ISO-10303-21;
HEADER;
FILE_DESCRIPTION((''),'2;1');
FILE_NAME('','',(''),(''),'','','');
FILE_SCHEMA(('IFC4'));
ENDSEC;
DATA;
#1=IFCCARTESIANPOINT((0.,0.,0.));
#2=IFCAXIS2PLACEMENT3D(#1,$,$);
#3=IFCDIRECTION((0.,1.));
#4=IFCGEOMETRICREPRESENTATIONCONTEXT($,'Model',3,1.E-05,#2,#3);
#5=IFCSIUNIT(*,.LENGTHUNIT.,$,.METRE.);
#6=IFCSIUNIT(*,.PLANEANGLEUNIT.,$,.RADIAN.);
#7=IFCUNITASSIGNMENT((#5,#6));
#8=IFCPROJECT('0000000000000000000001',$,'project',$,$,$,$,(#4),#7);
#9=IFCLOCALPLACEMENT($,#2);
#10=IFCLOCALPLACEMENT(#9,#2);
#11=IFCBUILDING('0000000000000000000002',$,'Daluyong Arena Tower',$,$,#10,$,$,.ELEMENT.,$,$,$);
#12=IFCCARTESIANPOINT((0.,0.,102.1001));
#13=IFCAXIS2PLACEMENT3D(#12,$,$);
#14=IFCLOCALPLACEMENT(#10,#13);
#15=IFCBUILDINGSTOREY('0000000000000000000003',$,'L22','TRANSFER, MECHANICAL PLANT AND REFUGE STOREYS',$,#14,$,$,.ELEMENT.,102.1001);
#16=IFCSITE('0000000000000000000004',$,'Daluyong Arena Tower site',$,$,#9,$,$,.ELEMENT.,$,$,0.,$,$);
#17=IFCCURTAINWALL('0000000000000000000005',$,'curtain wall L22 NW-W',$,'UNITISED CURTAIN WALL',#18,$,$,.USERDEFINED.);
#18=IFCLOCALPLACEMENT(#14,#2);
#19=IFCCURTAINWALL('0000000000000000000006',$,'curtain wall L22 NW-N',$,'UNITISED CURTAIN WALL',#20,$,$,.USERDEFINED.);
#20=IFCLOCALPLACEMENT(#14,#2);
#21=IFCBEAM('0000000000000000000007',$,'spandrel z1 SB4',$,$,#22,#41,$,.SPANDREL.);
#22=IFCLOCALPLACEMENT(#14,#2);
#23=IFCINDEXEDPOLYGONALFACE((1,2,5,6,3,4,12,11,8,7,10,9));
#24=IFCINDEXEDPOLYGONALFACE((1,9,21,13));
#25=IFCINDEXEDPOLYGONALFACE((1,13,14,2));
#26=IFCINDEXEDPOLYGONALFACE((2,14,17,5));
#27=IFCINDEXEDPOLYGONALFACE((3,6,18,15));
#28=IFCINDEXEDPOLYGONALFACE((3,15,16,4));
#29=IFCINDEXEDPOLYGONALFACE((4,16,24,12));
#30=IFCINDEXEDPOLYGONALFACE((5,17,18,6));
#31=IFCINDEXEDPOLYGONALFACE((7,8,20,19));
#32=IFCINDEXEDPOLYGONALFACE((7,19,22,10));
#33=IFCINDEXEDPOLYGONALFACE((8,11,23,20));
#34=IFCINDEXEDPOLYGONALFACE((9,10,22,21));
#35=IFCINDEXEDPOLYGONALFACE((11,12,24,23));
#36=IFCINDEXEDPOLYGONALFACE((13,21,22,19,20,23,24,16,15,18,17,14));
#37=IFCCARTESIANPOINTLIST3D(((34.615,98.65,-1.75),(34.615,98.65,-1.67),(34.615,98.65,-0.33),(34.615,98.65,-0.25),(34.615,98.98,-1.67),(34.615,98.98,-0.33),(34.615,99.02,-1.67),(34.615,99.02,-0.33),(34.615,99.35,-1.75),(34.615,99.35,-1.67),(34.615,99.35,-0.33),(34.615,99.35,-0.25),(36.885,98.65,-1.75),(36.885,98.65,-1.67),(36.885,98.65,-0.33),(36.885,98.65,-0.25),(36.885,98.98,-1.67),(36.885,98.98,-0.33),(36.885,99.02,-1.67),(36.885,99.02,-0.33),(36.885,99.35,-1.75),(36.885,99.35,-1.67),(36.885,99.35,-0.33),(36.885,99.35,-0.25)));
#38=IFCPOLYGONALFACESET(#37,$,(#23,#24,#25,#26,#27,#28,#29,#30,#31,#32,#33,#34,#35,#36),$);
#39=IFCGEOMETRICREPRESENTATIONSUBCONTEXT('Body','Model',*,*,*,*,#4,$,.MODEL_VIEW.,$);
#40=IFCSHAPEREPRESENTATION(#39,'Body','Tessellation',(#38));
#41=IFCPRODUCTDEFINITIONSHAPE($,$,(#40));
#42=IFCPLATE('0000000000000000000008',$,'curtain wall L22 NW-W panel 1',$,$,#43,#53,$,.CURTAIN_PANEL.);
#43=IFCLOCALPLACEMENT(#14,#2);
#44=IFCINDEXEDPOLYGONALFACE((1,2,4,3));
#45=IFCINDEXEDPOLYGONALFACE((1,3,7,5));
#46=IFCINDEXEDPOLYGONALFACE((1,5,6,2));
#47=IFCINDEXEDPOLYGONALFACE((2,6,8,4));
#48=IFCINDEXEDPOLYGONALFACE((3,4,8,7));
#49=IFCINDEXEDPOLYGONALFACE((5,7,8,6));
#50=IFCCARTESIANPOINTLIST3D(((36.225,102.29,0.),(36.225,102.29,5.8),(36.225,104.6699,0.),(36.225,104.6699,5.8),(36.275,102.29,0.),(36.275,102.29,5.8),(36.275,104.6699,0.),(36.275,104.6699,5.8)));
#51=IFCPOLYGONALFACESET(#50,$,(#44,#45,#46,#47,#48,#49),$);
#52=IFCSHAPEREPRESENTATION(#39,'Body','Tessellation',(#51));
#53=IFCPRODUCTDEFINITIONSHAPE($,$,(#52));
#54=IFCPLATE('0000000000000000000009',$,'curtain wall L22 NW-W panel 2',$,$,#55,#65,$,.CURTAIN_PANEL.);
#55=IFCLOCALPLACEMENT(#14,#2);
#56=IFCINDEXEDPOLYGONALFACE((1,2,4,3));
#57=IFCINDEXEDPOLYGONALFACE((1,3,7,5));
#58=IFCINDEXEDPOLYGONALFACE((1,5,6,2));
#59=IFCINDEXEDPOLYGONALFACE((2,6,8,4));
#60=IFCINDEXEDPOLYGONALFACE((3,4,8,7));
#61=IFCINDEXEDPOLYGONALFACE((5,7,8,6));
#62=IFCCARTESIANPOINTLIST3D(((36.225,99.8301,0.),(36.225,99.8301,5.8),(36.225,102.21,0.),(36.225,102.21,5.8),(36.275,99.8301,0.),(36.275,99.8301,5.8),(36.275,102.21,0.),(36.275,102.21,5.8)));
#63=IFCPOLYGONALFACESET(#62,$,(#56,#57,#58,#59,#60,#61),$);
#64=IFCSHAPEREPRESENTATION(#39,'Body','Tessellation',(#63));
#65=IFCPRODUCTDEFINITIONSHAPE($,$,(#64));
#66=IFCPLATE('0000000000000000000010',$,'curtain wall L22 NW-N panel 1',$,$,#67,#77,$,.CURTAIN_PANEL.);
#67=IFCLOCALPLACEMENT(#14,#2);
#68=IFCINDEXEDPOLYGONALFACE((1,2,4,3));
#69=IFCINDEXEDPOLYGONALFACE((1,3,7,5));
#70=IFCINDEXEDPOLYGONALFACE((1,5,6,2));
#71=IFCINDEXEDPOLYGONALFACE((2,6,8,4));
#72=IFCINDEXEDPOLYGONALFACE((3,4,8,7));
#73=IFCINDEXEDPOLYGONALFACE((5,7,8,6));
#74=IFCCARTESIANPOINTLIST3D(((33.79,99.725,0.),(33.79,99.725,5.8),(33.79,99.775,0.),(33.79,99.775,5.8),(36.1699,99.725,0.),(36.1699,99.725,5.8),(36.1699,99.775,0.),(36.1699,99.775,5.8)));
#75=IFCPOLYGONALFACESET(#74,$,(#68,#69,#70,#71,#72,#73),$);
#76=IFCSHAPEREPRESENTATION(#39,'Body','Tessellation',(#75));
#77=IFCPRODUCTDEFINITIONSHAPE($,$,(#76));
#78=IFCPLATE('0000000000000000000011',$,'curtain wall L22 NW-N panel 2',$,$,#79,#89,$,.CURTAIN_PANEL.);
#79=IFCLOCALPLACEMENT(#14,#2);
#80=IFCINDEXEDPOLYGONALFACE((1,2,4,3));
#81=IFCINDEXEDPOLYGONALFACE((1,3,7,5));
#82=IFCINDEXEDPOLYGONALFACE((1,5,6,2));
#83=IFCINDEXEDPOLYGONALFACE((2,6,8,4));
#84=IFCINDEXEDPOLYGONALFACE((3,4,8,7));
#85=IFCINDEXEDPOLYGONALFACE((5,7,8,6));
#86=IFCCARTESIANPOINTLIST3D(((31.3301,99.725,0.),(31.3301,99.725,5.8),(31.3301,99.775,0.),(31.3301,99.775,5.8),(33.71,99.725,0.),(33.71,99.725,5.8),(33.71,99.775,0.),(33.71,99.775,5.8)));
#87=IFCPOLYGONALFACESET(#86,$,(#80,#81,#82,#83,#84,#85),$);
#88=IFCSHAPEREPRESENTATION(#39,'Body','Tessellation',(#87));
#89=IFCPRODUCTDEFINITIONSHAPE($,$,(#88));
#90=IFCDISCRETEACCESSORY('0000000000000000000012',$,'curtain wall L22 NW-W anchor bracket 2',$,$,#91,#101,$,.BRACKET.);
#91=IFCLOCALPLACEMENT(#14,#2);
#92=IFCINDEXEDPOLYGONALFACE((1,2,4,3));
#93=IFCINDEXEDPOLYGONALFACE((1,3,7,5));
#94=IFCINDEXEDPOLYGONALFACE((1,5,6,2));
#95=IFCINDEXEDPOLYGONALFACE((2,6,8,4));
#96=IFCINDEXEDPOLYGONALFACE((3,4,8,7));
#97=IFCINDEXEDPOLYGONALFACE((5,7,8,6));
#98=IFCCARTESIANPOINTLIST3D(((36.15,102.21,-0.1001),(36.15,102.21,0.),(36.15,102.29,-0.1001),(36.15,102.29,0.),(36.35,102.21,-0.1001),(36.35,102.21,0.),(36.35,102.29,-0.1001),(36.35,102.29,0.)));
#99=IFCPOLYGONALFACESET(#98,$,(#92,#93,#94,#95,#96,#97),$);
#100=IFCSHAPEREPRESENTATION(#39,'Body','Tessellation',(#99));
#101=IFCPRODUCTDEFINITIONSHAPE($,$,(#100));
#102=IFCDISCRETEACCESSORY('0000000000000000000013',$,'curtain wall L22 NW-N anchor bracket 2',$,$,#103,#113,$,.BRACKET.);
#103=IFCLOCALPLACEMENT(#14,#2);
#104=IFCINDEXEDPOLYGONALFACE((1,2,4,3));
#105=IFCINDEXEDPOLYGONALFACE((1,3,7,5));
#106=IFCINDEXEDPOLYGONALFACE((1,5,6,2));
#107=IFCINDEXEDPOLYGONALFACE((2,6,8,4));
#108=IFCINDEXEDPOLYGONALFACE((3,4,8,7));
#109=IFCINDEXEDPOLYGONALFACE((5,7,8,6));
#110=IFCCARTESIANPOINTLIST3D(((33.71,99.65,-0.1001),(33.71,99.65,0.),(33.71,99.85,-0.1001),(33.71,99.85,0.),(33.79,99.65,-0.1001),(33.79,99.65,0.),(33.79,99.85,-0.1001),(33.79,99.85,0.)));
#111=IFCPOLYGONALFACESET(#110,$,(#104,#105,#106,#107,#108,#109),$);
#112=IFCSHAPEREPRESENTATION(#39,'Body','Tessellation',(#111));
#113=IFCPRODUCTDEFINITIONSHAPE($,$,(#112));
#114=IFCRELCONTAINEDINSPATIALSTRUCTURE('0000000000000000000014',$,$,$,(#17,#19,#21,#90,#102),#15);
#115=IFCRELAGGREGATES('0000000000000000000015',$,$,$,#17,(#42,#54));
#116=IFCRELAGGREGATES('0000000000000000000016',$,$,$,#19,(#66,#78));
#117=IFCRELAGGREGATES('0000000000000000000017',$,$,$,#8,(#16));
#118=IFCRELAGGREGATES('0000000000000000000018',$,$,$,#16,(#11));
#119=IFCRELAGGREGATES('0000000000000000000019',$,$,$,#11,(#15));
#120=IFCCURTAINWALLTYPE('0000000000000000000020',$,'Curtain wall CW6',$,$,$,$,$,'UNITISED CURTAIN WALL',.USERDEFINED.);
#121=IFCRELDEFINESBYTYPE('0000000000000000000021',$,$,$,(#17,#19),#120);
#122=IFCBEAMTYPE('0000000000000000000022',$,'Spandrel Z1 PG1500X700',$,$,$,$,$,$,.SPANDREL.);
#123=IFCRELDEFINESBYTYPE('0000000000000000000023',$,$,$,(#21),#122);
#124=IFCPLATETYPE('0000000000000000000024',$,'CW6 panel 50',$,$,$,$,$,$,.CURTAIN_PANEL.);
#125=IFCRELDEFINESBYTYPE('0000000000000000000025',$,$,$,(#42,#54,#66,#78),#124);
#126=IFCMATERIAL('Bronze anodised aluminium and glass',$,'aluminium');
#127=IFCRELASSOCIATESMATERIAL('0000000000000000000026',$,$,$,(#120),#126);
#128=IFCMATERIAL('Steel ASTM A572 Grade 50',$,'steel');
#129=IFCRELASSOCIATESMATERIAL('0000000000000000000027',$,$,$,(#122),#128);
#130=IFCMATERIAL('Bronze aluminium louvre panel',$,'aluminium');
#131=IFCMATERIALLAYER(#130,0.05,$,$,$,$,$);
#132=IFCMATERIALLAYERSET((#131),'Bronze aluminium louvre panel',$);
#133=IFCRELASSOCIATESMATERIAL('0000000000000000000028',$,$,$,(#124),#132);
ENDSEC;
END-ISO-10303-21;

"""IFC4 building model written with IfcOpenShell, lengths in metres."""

from ifc_helpers import new_model, si_unit, direction, frame, origin, origin_2d, place, context, subcontext, project, spatial, rectangle, i_section, extrude, material, layer, layer_set, material_profile, profile_set, type_object, element, aggregate, save


model = new_model("IFC4")

# Units and contexts
model_context = context("Model", 3, precision=1e-05, world=origin(), true_north=direction((0.0, 1.0)))
body_context = subcontext(model_context, "Body", "Model", "MODEL_VIEW")
ifc_project = project(units=[si_unit("LENGTHUNIT", "METRE"), si_unit("PLANEANGLEUNIT", "RADIAN")], contexts=[model_context])

# Site, building, storey
site_placement = place(None, origin())
site = spatial("IfcSite", under=ifc_project, at=site_placement, Name="Daluyong Arena Tower site", CompositionType="ELEMENT", RefElevation=0.0)
building_placement = place(site_placement, origin())
building = spatial("IfcBuilding", under=site, at=building_placement, Name="Daluyong Arena Tower", CompositionType="ELEMENT")
storey_placement = place(building_placement, frame((0.0, 0.0, 102.1001)))
storey = spatial("IfcBuildingStorey", under=building, at=storey_placement, Name="L22", Description="TRANSFER, MECHANICAL PLANT AND REFUGE STOREYS", CompositionType="ELEMENT", Elevation=102.1001)

# Shared definitions
ifc_material_1 = material(Name="Bronze anodised aluminium and glass", Category="aluminium")
curtain_wall_type = type_object("IfcCurtainWallType", Name="Curtain wall CW6", ElementType="UNITISED CURTAIN WALL", PredefinedType="USERDEFINED", material=ifc_material_1)

# Curtain walls
curtain_wall_1_placement = place(storey_placement, origin())
curtain_wall_1 = element("IfcCurtainWall", 1, at=curtain_wall_1_placement, inside=storey, type_object=curtain_wall_type, Name="curtain wall L22 NW-W", ObjectType="UNITISED CURTAIN WALL", PredefinedType="USERDEFINED")
curtain_wall_2_placement = place(storey_placement, origin())
curtain_wall_2 = element("IfcCurtainWall", 2, at=curtain_wall_2_placement, inside=storey, type_object=curtain_wall_type, Name="curtain wall L22 NW-N", ObjectType="UNITISED CURTAIN WALL", PredefinedType="USERDEFINED")

# Beam
ifc_material_2 = material(Name="Steel ASTM A572 Grade 50", Category="steel")
ifc_material_profile_1 = material_profile(ifc_material_2, i_section(OverallWidth=0.7, OverallDepth=1.5, WebThickness=0.04, FlangeThickness=0.08, at=origin_2d()))
ifc_profile_set_1 = profile_set([ifc_material_profile_1], Name="Steel ASTM A572 Grade 50")
beam_type = type_object("IfcBeamType", Name="Spandrel Z1 PG1500X700", PredefinedType="SPANDREL", material=ifc_profile_set_1)
beam_placement = place(storey_placement, frame((36.885, 99.0, -1.0), z_axis=(-1.0, 0.0, 0.0), x_axis=(0.0, -1.0, 0.0)))
element("IfcBeam", 3, at=beam_placement, inside=storey, type_object=beam_type, Name="spandrel z1 SB4", PredefinedType="SPANDREL", context=body_context, shape_type="SweptSolid", body=[
    extrude(i_section(OverallWidth=0.7, OverallDepth=1.5, WebThickness=0.04, FlangeThickness=0.08, at=origin_2d()), origin(), (0.0, 0.0, 1.0), 2.27),
])

# Plates
ifc_material_3 = material(Name="Bronze aluminium louvre panel", Category="aluminium")
ifc_layer = layer(ifc_material_3, 0.05)
ifc_layer_set = layer_set([ifc_layer], Name="Bronze aluminium louvre panel")
plate_type = type_object("IfcPlateType", Name="CW6 panel 50", PredefinedType="CURTAIN_PANEL", material=ifc_layer_set)
plate_1_placement = place(storey_placement, frame((36.25, 103.48, 0.0), z_axis=(0.0, 0.0, 1.0), x_axis=(0.0, -1.0, 0.0)))
plate_1 = element("IfcPlate", 4, at=plate_1_placement, type_object=plate_type, Name="curtain wall L22 NW-W panel 1", PredefinedType="CURTAIN_PANEL", context=body_context, shape_type="SweptSolid", body=[
    extrude(rectangle(XDim=2.3799, YDim=0.05, at=origin_2d()), origin(), (0.0, 0.0, 1.0), 5.8),
])
plate_2_placement = place(storey_placement, frame((36.25, 101.02, 0.0), z_axis=(0.0, 0.0, 1.0), x_axis=(0.0, -1.0, 0.0)))
plate_2 = element("IfcPlate", 5, at=plate_2_placement, type_object=plate_type, Name="curtain wall L22 NW-W panel 2", PredefinedType="CURTAIN_PANEL", context=body_context, shape_type="SweptSolid", body=[
    extrude(rectangle(XDim=2.3799, YDim=0.05, at=origin_2d()), origin(), (0.0, 0.0, 1.0), 5.8),
])
aggregate(curtain_wall_1, [plate_1, plate_2])
plate_3_placement = place(storey_placement, frame((34.98, 99.75, 0.0), z_axis=(0.0, 0.0, 1.0), x_axis=(-1.0, 0.0, 0.0)))
plate_3 = element("IfcPlate", 6, at=plate_3_placement, type_object=plate_type, Name="curtain wall L22 NW-N panel 1", PredefinedType="CURTAIN_PANEL", context=body_context, shape_type="SweptSolid", body=[
    extrude(rectangle(XDim=2.3799, YDim=0.05, at=origin_2d()), origin(), (0.0, 0.0, 1.0), 5.8),
])
plate_4_placement = place(storey_placement, frame((32.52, 99.75, 0.0), z_axis=(0.0, 0.0, 1.0), x_axis=(-1.0, 0.0, 0.0)))
plate_4 = element("IfcPlate", 7, at=plate_4_placement, type_object=plate_type, Name="curtain wall L22 NW-N panel 2", PredefinedType="CURTAIN_PANEL", context=body_context, shape_type="SweptSolid", body=[
    extrude(rectangle(XDim=2.3799, YDim=0.05, at=origin_2d()), origin(), (0.0, 0.0, 1.0), 5.8),
])
aggregate(curtain_wall_2, [plate_3, plate_4])

# Discrete accessories
for number, where, z_axis, x_axis, name in (
    (8, (36.25, 102.25, -0.1001), (0.0, 0.0, 1.0), (0.0, -1.0, 0.0), "curtain wall L22 NW-W anchor bracket 2"),
    (9, (33.75, 99.75, -0.1001), (0.0, 0.0, 1.0), (-1.0, 0.0, 0.0), "curtain wall L22 NW-N anchor bracket 2"),
):
    element("IfcDiscreteAccessory", number, at=place(storey_placement, frame(where, z_axis=z_axis, x_axis=x_axis)), inside=storey, Name=name, PredefinedType="BRACKET", context=body_context, shape_type="SweptSolid", body=[
        extrude(rectangle(XDim=0.0801, YDim=0.2, at=origin_2d()), origin(), (0.0, 0.0, 1.0), 0.1001),
    ])

save(model, "model.ifc")
